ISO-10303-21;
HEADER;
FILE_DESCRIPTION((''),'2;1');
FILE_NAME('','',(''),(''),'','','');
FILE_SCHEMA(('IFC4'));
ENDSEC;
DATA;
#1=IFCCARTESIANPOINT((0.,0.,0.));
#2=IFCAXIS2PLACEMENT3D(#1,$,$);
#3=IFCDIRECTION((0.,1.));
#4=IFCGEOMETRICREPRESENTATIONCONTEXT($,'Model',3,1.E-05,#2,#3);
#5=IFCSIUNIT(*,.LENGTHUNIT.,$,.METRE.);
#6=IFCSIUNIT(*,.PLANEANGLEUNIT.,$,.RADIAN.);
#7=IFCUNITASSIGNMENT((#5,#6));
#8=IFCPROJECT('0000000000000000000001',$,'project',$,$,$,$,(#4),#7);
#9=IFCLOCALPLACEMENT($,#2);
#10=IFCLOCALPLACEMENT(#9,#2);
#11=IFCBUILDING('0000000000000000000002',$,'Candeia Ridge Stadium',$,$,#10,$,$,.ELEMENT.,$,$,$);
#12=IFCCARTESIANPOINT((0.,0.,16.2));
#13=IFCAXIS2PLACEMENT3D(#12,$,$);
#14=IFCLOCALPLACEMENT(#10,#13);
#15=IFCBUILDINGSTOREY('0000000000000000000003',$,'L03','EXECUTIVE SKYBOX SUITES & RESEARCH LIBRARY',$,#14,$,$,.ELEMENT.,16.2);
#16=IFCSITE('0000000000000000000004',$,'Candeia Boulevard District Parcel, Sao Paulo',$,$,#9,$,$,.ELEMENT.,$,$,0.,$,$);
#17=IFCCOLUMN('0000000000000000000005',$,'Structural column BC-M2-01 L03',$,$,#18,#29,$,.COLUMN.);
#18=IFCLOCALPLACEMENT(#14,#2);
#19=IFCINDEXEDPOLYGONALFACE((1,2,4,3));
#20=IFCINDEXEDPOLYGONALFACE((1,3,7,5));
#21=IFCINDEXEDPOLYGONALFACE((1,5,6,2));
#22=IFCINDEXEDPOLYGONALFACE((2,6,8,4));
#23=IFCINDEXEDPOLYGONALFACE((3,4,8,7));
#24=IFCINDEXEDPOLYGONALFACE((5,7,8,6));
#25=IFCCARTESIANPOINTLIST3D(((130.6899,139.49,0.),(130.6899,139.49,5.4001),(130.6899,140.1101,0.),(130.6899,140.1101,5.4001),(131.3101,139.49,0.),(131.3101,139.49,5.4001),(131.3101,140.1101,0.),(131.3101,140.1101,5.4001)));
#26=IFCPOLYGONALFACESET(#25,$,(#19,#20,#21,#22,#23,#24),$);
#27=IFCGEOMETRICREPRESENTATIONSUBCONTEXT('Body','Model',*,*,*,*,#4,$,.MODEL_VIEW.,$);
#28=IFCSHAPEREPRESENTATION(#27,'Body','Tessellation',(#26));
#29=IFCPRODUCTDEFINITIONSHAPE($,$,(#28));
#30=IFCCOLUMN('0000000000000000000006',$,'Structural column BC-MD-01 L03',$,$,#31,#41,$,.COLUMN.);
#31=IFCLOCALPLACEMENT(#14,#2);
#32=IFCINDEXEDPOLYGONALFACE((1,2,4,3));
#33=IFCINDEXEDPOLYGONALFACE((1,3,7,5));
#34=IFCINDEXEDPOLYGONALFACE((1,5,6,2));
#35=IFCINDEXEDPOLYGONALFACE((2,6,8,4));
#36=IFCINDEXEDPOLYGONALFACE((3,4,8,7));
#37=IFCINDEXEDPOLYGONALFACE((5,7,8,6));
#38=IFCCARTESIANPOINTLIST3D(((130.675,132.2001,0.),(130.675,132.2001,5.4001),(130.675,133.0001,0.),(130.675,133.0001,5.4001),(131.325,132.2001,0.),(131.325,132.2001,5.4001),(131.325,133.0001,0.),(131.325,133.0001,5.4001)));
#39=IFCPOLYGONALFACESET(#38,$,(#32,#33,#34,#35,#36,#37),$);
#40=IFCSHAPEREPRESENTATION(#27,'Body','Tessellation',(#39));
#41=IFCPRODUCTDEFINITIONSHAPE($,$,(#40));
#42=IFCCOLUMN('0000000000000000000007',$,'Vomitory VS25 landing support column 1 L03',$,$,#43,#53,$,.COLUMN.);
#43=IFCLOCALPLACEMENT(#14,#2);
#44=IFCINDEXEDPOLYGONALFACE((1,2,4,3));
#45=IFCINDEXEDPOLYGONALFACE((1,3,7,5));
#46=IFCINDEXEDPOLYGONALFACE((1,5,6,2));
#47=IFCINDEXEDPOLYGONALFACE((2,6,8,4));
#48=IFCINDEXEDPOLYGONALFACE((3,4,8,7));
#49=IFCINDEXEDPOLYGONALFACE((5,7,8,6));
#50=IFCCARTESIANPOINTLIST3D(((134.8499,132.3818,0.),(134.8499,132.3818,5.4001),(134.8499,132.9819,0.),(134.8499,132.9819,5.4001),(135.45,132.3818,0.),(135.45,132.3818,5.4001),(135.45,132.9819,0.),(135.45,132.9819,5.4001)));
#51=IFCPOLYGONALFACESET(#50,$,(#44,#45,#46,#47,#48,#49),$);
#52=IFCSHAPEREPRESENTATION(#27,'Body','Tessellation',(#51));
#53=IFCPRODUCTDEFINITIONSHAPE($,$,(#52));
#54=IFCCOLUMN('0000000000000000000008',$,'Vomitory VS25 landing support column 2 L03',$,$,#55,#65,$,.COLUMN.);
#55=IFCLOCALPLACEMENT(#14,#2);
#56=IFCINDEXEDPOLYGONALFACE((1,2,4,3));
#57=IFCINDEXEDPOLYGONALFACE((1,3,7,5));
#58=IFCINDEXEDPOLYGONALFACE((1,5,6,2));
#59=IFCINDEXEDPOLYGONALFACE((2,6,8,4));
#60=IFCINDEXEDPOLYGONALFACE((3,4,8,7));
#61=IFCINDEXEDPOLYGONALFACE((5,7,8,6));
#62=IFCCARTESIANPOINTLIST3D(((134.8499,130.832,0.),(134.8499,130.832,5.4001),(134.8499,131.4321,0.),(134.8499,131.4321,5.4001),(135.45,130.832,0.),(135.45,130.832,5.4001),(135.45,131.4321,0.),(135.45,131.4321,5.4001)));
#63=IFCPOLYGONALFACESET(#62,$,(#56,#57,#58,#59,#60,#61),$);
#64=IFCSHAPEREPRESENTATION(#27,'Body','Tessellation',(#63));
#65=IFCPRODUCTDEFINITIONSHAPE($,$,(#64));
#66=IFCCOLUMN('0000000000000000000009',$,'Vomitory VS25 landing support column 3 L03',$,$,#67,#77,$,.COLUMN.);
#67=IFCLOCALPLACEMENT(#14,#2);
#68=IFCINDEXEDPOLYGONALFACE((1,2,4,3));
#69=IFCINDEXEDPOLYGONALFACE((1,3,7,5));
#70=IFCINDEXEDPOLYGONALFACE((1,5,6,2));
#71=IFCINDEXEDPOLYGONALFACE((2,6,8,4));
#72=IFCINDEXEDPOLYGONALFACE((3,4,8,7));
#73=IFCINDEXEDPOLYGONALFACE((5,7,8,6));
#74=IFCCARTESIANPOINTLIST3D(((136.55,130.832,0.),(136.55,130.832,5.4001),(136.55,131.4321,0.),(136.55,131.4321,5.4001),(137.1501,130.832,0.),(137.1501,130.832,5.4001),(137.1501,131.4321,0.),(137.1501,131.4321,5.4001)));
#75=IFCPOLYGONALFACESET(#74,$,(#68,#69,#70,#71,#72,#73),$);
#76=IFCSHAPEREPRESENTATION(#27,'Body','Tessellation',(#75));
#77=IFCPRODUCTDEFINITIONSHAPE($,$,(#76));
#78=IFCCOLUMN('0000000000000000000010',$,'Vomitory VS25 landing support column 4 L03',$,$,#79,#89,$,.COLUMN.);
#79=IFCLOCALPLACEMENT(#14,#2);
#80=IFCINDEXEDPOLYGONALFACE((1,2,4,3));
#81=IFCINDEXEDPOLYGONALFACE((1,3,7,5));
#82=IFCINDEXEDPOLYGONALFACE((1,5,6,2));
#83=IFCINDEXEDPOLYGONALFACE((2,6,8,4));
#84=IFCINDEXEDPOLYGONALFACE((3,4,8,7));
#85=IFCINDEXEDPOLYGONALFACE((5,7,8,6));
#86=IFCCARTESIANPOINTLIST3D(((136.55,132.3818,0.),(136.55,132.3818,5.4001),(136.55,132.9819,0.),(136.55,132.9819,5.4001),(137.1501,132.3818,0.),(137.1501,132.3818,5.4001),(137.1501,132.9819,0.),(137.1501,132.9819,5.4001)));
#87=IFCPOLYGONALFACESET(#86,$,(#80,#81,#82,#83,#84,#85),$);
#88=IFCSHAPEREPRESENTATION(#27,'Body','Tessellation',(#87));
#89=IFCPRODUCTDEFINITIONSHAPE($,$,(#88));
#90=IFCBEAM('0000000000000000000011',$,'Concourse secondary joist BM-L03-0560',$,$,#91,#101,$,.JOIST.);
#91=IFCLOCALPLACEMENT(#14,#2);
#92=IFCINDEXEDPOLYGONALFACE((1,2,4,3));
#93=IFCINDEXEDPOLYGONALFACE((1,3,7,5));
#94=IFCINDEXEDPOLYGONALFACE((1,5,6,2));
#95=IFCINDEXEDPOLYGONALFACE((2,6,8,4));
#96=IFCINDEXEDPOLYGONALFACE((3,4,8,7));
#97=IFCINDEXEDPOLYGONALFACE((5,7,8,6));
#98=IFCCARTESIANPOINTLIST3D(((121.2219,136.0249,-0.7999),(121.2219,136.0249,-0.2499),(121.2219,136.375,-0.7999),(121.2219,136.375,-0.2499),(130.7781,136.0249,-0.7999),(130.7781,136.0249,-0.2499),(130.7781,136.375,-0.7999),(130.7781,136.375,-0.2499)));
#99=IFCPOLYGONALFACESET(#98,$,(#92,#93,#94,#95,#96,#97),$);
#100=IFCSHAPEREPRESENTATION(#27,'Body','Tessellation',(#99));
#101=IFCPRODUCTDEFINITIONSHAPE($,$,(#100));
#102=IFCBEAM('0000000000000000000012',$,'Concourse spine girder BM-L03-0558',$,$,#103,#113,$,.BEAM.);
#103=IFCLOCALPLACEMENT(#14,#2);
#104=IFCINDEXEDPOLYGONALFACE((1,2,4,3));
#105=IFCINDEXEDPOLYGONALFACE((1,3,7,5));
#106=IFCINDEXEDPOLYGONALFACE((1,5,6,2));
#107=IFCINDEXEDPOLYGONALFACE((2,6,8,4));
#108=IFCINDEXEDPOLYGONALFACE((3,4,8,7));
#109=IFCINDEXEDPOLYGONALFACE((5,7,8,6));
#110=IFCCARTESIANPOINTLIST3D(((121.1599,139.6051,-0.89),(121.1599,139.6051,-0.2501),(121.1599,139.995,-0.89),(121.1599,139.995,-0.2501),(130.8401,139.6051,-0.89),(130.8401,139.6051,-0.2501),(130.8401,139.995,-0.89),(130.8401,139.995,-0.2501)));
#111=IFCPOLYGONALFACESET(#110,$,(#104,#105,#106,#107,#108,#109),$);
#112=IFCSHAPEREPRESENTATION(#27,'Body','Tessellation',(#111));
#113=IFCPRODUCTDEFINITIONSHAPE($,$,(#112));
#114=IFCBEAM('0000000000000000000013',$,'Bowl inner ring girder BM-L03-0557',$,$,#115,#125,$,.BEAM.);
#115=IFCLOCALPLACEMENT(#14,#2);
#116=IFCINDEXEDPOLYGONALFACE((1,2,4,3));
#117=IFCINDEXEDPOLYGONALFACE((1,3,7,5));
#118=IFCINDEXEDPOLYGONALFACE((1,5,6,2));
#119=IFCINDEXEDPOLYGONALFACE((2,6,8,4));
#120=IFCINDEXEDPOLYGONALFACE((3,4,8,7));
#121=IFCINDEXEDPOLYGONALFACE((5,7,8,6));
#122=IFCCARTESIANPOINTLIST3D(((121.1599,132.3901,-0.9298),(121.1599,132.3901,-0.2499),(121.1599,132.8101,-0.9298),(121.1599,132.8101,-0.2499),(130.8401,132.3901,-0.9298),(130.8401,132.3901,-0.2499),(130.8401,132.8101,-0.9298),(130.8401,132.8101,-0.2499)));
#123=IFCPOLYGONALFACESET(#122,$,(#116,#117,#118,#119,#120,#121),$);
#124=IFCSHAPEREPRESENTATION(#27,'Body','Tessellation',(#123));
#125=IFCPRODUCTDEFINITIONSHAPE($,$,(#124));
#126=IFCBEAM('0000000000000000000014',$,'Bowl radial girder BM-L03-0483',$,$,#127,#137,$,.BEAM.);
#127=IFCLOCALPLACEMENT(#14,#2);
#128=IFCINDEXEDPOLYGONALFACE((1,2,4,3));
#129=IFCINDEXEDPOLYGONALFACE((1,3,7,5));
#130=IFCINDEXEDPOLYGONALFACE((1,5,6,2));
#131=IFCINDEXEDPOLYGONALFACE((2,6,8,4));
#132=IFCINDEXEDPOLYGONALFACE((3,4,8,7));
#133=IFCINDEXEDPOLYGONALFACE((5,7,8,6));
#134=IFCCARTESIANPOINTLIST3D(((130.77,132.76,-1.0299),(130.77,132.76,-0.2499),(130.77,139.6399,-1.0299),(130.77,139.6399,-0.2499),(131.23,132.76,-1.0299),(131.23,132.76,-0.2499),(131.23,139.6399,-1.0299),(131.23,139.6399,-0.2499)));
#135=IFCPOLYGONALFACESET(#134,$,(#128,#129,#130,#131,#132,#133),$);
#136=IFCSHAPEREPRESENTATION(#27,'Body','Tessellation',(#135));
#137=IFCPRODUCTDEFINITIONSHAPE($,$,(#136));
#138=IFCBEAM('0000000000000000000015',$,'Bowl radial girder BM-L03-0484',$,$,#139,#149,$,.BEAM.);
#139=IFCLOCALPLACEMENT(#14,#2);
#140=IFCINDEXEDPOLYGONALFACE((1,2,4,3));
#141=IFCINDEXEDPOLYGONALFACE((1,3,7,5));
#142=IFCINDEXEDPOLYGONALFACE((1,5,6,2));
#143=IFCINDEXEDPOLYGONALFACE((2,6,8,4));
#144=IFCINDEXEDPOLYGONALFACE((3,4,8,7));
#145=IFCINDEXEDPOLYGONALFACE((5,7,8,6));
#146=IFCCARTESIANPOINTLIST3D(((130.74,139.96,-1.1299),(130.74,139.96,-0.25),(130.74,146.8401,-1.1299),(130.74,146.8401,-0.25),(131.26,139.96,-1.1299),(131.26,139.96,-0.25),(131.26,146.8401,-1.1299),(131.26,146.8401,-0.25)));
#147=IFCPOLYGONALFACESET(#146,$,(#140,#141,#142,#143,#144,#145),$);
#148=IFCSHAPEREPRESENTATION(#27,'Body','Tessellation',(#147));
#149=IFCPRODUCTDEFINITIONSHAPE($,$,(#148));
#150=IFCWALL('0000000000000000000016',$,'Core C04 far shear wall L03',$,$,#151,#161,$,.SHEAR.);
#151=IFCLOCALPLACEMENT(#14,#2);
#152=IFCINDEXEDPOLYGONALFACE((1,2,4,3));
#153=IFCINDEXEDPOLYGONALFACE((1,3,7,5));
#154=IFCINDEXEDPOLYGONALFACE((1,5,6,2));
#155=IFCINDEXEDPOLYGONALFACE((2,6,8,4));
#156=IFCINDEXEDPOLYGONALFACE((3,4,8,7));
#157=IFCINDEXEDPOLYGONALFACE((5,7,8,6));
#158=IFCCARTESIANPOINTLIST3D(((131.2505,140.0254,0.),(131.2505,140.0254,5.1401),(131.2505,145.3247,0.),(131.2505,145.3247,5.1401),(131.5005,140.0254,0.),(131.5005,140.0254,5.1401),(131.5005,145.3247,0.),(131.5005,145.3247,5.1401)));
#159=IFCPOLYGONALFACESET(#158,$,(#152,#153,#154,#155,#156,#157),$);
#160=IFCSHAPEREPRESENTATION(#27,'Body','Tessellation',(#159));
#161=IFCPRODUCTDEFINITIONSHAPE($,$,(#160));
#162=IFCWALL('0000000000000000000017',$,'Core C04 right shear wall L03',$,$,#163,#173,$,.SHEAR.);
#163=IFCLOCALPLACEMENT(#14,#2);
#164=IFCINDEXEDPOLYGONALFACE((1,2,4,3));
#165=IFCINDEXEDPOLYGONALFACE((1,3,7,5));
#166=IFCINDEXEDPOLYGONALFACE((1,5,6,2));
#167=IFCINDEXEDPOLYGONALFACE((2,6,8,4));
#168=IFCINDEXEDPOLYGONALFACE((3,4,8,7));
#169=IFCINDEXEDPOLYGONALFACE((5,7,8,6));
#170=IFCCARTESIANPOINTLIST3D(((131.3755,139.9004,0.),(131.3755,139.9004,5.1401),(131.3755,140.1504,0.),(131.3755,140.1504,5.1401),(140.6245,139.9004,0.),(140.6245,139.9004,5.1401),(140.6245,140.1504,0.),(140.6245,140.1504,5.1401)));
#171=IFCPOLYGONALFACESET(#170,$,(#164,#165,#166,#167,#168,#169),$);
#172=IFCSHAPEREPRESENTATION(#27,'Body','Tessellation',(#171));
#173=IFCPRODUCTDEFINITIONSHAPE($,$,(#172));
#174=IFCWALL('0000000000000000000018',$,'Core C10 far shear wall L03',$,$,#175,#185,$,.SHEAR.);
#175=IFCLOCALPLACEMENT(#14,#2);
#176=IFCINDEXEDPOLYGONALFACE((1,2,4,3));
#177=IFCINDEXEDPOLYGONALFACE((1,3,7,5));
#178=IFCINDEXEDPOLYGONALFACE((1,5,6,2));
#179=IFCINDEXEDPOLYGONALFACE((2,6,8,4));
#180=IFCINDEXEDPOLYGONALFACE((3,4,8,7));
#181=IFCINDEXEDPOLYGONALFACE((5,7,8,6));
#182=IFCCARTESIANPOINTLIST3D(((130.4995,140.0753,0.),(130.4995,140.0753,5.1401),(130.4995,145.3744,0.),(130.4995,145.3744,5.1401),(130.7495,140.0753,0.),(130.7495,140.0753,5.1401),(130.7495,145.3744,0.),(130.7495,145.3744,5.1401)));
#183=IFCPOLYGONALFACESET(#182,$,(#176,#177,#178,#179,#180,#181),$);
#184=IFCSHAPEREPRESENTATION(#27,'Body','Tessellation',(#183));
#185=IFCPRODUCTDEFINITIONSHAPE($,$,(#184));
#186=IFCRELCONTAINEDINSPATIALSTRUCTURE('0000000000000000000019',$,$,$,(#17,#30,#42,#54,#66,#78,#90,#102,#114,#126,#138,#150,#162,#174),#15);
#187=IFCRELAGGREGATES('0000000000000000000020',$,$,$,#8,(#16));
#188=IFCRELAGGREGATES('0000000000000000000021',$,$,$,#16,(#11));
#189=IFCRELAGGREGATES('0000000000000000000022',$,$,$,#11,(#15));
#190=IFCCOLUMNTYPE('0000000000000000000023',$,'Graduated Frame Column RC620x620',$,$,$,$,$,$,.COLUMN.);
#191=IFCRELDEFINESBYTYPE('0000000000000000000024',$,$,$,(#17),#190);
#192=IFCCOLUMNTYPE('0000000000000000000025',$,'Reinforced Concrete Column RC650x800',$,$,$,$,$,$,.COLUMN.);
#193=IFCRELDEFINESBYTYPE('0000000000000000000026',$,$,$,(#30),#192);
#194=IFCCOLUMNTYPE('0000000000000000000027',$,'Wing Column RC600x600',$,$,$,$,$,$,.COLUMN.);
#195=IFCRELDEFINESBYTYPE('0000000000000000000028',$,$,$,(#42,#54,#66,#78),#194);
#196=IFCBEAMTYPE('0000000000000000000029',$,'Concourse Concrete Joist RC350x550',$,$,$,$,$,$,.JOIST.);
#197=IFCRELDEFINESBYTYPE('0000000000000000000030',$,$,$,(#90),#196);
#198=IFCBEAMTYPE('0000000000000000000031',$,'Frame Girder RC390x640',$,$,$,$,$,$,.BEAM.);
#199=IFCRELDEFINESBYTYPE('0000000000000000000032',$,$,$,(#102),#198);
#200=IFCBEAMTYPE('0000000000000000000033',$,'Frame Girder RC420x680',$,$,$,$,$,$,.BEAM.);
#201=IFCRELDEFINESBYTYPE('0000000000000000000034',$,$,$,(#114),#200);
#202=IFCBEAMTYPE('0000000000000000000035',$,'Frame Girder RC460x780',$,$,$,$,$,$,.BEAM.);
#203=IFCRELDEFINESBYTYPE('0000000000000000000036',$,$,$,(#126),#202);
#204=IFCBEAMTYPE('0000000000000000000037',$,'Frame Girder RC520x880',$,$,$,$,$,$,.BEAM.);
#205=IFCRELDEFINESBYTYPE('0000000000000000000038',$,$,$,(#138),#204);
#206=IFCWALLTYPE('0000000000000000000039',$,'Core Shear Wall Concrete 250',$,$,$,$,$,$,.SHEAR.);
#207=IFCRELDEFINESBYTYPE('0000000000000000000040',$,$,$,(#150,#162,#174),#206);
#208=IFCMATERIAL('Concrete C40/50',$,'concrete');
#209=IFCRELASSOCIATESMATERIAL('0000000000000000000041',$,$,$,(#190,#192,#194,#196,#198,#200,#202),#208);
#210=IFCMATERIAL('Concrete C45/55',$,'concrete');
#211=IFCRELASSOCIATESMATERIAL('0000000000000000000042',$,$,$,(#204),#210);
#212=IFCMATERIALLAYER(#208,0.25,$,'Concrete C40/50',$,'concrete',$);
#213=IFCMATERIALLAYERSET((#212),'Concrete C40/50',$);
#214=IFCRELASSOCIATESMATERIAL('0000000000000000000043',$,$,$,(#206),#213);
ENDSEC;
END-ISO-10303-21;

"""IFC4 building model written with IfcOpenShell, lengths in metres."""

from ifc_helpers import new_model, si_unit, direction, frame, frame_2d, origin, origin_2d, place, context, subcontext, project, spatial, rectangle, extrude, material, layer, layer_set, material_profile, profile_set, type_object, element, save


model = new_model("IFC4")

# Units and contexts
model_context = context("Model", 3, precision=1e-05, world=origin(), true_north=direction((0.0, 1.0)))
body_context = subcontext(model_context, "Body", "Model", "MODEL_VIEW")
ifc_project = project(units=[si_unit("LENGTHUNIT", "METRE"), si_unit("PLANEANGLEUNIT", "RADIAN")], contexts=[model_context])

# Site, building, storey
site_placement = place(None, origin())
site = spatial("IfcSite", under=ifc_project, at=site_placement, Name="Candeia Boulevard District Parcel, Sao Paulo", CompositionType="ELEMENT", RefElevation=0.0)
building_placement = place(site_placement, origin())
building = spatial("IfcBuilding", under=site, at=building_placement, Name="Candeia Ridge Stadium", CompositionType="ELEMENT")
storey_placement = place(building_placement, frame((0.0, 0.0, 16.2)))
storey = spatial("IfcBuildingStorey", under=building, at=storey_placement, Name="L03", Description="EXECUTIVE SKYBOX SUITES & RESEARCH LIBRARY", CompositionType="ELEMENT", Elevation=16.2)

# Columns
ifc_material_1 = material(Name="Concrete C40/50", Category="concrete")
ifc_material_profile_1 = material_profile(ifc_material_1, rectangle(XDim=0.6201, YDim=0.6201, at=origin_2d()), Name="RC620x620", Category="concrete")
ifc_profile_set_1 = profile_set([ifc_material_profile_1], Name="Concrete C40/50")
column_type_1 = type_object("IfcColumnType", Name="Graduated Frame Column RC620x620", PredefinedType="COLUMN", material=ifc_profile_set_1)
column_1_placement = place(storey_placement, frame((131.0, 139.8, 0.0), z_axis=(0.0, 0.0, 1.0), x_axis=(1.0, 0.0, 0.0)))
element("IfcColumn", 1, at=column_1_placement, inside=storey, type_object=column_type_1, Name="Structural column BC-M2-01 L03", PredefinedType="COLUMN", context=body_context, shape_type="SweptSolid", body=[
    extrude(rectangle(XDim=0.6201, YDim=0.6201, at=origin_2d()), origin(), (0.0, 0.0, 1.0), 5.4001),
])
ifc_material_profile_2 = material_profile(ifc_material_1, rectangle(XDim=0.6499, YDim=0.8, at=origin_2d()), Name="RC650x800", Category="concrete")
ifc_profile_set_2 = profile_set([ifc_material_profile_2], Name="Concrete C40/50")
column_type_2 = type_object("IfcColumnType", Name="Reinforced Concrete Column RC650x800", PredefinedType="COLUMN", material=ifc_profile_set_2)
column_2_placement = place(storey_placement, frame((131.0, 132.6001, 0.0), z_axis=(0.0, 0.0, 1.0), x_axis=(1.0, 0.0, 0.0)))
element("IfcColumn", 2, at=column_2_placement, inside=storey, type_object=column_type_2, Name="Structural column BC-MD-01 L03", PredefinedType="COLUMN", context=body_context, shape_type="SweptSolid", body=[
    extrude(rectangle(XDim=0.6499, YDim=0.8, at=origin_2d()), origin(), (0.0, 0.0, 1.0), 5.4001),
])
ifc_material_profile_3 = material_profile(ifc_material_1, rectangle(XDim=0.6001, YDim=0.6001, at=origin_2d()), Name="RC600x600", Category="concrete")
ifc_profile_set_3 = profile_set([ifc_material_profile_3], Name="Concrete C40/50")
column_type_3 = type_object("IfcColumnType", Name="Wing Column RC600x600", PredefinedType="COLUMN", material=ifc_profile_set_3)
for number, where, z_axis, x_axis, name in (
    (3, (135.1499, 132.6819, 0.0), (0.0, 0.0, 1.0), (1.0, 0.0, 0.0), "Vomitory VS25 landing support column 1 L03"),
    (4, (135.1499, 131.1321, 0.0), (0.0, 0.0, 1.0), (1.0, 0.0, 0.0), "Vomitory VS25 landing support column 2 L03"),
    (5, (136.8501, 131.1321, 0.0), (0.0, 0.0, 1.0), (1.0, 0.0, 0.0), "Vomitory VS25 landing support column 3 L03"),
    (6, (136.8501, 132.6819, 0.0), (0.0, 0.0, 1.0), (1.0, 0.0, 0.0), "Vomitory VS25 landing support column 4 L03"),
):
    element("IfcColumn", number, at=place(storey_placement, frame(where, z_axis=z_axis, x_axis=x_axis)), inside=storey, type_object=column_type_3, Name=name, PredefinedType="COLUMN", context=body_context, shape_type="SweptSolid", body=[
        extrude(rectangle(XDim=0.6001, YDim=0.6001, at=origin_2d()), origin(), (0.0, 0.0, 1.0), 5.4001),
    ])

# Beams
ifc_material_profile_4 = material_profile(ifc_material_1, rectangle(XDim=0.3501, YDim=0.55, at=origin_2d()), Name="RC350x550", Category="concrete")
ifc_profile_set_4 = profile_set([ifc_material_profile_4], Name="Concrete C40/50")
beam_type_1 = type_object("IfcBeamType", Name="Concourse Concrete Joist RC350x550", PredefinedType="JOIST", material=ifc_profile_set_4)
beam_1_placement = place(storey_placement, frame((130.7781, 136.2, -0.5249), z_axis=(-1.0, 0.0, 0.0), x_axis=(0.0, -1.0, 0.0)))
element("IfcBeam", 7, at=beam_1_placement, inside=storey, type_object=beam_type_1, Name="Concourse secondary joist BM-L03-0560", PredefinedType="JOIST", context=body_context, shape_type="SweptSolid", body=[
    extrude(rectangle(XDim=0.3501, YDim=0.55, at=origin_2d()), origin(), (0.0, 0.0, 1.0), 9.5562),
])
ifc_material_profile_5 = material_profile(ifc_material_1, rectangle(XDim=0.3899, YDim=0.6399, at=origin_2d()), Name="RC390x640", Category="concrete")
ifc_profile_set_5 = profile_set([ifc_material_profile_5], Name="Concrete C40/50")
beam_type_2 = type_object("IfcBeamType", Name="Frame Girder RC390x640", PredefinedType="BEAM", material=ifc_profile_set_5)
beam_2_placement = place(storey_placement, frame((130.8401, 139.8, -0.5701), z_axis=(-1.0, 0.0, 0.0), x_axis=(0.0, -1.0, 0.0)))
element("IfcBeam", 8, at=beam_2_placement, inside=storey, type_object=beam_type_2, Name="Concourse spine girder BM-L03-0558", PredefinedType="BEAM", context=body_context, shape_type="SweptSolid", body=[
    extrude(rectangle(XDim=0.3899, YDim=0.6399, at=origin_2d()), origin(), (0.0, 0.0, 1.0), 9.6802),
])
ifc_material_profile_6 = material_profile(ifc_material_1, rectangle(XDim=0.4199, YDim=0.6799, at=origin_2d()), Name="RC420x680", Category="concrete")
ifc_profile_set_6 = profile_set([ifc_material_profile_6], Name="Concrete C40/50")
beam_type_3 = type_object("IfcBeamType", Name="Frame Girder RC420x680", PredefinedType="BEAM", material=ifc_profile_set_6)
beam_3_placement = place(storey_placement, frame((130.8401, 132.6001, -0.5898), z_axis=(-1.0, 0.0, 0.0), x_axis=(0.0, -1.0, 0.0)))
element("IfcBeam", 9, at=beam_3_placement, inside=storey, type_object=beam_type_3, Name="Bowl inner ring girder BM-L03-0557", PredefinedType="BEAM", context=body_context, shape_type="SweptSolid", body=[
    extrude(rectangle(XDim=0.4199, YDim=0.6799, at=origin_2d()), origin(), (0.0, 0.0, 1.0), 9.6802),
])
ifc_material_profile_7 = material_profile(ifc_material_1, rectangle(XDim=0.46, YDim=0.78, at=origin_2d()), Name="RC460x780", Category="concrete")
ifc_profile_set_7 = profile_set([ifc_material_profile_7], Name="Concrete C40/50")
beam_type_4 = type_object("IfcBeamType", Name="Frame Girder RC460x780", PredefinedType="BEAM", material=ifc_profile_set_7)
beam_4_placement = place(storey_placement, frame((131.0, 132.76, -0.6399), z_axis=(0.0, 1.0, 0.0), x_axis=(-1.0, 0.0, 0.0)))
element("IfcBeam", 10, at=beam_4_placement, inside=storey, type_object=beam_type_4, Name="Bowl radial girder BM-L03-0483", PredefinedType="BEAM", context=body_context, shape_type="SweptSolid", body=[
    extrude(rectangle(XDim=0.46, YDim=0.78, at=origin_2d()), origin(), (0.0, 0.0, 1.0), 6.8799),
])
ifc_material_2 = material(Name="Concrete C45/55", Category="concrete")
ifc_material_profile_8 = material_profile(ifc_material_2, rectangle(XDim=0.52, YDim=0.8799, at=origin_2d()), Name="RC520x880", Category="concrete")
ifc_profile_set_8 = profile_set([ifc_material_profile_8], Name="Concrete C45/55")
beam_type_5 = type_object("IfcBeamType", Name="Frame Girder RC520x880", PredefinedType="BEAM", material=ifc_profile_set_8)
beam_5_placement = place(storey_placement, frame((131.0, 139.96, -0.6899), z_axis=(0.0, 1.0, 0.0), x_axis=(-1.0, 0.0, 0.0)))
element("IfcBeam", 11, at=beam_5_placement, inside=storey, type_object=beam_type_5, Name="Bowl radial girder BM-L03-0484", PredefinedType="BEAM", context=body_context, shape_type="SweptSolid", body=[
    extrude(rectangle(XDim=0.52, YDim=0.8799, at=origin_2d()), origin(), (0.0, 0.0, 1.0), 6.8801),
])

# Walls
ifc_layer_1 = layer(ifc_material_1, 0.25, Name="Concrete C40/50", Category="concrete")
ifc_layer_set_1 = layer_set([ifc_layer_1], Name="Concrete C40/50")
wall_type = type_object("IfcWallType", Name="Core Shear Wall Concrete 250", PredefinedType="SHEAR", material=ifc_layer_set_1)
wall_1_placement = place(storey_placement, frame((131.3755, 145.3247, 0.0), z_axis=(0.0, 0.0, 1.0), x_axis=(0.0, -1.0, 0.0)))
element("IfcWall", 12, at=wall_1_placement, inside=storey, type_object=wall_type, Name="Core C04 far shear wall L03", PredefinedType="SHEAR", context=body_context, shape_type="SweptSolid", body=[
    extrude(rectangle(XDim=5.2993, YDim=0.25, at=frame_2d((2.6497, 0.0))), origin(), (0.0, 0.0, 1.0), 5.1401),
])
wall_2_placement = place(storey_placement, frame((131.3755, 140.0254, 0.0), z_axis=(0.0, 0.0, 1.0), x_axis=(1.0, 0.0, 0.0)))
element("IfcWall", 13, at=wall_2_placement, inside=storey, type_object=wall_type, Name="Core C04 right shear wall L03", PredefinedType="SHEAR", context=body_context, shape_type="SweptSolid", body=[
    extrude(rectangle(XDim=9.249, YDim=0.25, at=frame_2d((4.6245, 0.0))), origin(), (0.0, 0.0, 1.0), 5.1401),
])
wall_3_placement = place(storey_placement, frame((130.6245, 140.0754, 0.0), z_axis=(0.0, 0.0, 1.0), x_axis=(0.0, 1.0, 0.0)))
element("IfcWall", 14, at=wall_3_placement, inside=storey, type_object=wall_type, Name="Core C10 far shear wall L03", PredefinedType="SHEAR", context=body_context, shape_type="SweptSolid", body=[
    extrude(rectangle(XDim=5.2991, YDim=0.25, at=frame_2d((2.6494, 0.0))), origin(), (0.0, 0.0, 1.0), 5.1401),
])

save(model, "model.ifc")
